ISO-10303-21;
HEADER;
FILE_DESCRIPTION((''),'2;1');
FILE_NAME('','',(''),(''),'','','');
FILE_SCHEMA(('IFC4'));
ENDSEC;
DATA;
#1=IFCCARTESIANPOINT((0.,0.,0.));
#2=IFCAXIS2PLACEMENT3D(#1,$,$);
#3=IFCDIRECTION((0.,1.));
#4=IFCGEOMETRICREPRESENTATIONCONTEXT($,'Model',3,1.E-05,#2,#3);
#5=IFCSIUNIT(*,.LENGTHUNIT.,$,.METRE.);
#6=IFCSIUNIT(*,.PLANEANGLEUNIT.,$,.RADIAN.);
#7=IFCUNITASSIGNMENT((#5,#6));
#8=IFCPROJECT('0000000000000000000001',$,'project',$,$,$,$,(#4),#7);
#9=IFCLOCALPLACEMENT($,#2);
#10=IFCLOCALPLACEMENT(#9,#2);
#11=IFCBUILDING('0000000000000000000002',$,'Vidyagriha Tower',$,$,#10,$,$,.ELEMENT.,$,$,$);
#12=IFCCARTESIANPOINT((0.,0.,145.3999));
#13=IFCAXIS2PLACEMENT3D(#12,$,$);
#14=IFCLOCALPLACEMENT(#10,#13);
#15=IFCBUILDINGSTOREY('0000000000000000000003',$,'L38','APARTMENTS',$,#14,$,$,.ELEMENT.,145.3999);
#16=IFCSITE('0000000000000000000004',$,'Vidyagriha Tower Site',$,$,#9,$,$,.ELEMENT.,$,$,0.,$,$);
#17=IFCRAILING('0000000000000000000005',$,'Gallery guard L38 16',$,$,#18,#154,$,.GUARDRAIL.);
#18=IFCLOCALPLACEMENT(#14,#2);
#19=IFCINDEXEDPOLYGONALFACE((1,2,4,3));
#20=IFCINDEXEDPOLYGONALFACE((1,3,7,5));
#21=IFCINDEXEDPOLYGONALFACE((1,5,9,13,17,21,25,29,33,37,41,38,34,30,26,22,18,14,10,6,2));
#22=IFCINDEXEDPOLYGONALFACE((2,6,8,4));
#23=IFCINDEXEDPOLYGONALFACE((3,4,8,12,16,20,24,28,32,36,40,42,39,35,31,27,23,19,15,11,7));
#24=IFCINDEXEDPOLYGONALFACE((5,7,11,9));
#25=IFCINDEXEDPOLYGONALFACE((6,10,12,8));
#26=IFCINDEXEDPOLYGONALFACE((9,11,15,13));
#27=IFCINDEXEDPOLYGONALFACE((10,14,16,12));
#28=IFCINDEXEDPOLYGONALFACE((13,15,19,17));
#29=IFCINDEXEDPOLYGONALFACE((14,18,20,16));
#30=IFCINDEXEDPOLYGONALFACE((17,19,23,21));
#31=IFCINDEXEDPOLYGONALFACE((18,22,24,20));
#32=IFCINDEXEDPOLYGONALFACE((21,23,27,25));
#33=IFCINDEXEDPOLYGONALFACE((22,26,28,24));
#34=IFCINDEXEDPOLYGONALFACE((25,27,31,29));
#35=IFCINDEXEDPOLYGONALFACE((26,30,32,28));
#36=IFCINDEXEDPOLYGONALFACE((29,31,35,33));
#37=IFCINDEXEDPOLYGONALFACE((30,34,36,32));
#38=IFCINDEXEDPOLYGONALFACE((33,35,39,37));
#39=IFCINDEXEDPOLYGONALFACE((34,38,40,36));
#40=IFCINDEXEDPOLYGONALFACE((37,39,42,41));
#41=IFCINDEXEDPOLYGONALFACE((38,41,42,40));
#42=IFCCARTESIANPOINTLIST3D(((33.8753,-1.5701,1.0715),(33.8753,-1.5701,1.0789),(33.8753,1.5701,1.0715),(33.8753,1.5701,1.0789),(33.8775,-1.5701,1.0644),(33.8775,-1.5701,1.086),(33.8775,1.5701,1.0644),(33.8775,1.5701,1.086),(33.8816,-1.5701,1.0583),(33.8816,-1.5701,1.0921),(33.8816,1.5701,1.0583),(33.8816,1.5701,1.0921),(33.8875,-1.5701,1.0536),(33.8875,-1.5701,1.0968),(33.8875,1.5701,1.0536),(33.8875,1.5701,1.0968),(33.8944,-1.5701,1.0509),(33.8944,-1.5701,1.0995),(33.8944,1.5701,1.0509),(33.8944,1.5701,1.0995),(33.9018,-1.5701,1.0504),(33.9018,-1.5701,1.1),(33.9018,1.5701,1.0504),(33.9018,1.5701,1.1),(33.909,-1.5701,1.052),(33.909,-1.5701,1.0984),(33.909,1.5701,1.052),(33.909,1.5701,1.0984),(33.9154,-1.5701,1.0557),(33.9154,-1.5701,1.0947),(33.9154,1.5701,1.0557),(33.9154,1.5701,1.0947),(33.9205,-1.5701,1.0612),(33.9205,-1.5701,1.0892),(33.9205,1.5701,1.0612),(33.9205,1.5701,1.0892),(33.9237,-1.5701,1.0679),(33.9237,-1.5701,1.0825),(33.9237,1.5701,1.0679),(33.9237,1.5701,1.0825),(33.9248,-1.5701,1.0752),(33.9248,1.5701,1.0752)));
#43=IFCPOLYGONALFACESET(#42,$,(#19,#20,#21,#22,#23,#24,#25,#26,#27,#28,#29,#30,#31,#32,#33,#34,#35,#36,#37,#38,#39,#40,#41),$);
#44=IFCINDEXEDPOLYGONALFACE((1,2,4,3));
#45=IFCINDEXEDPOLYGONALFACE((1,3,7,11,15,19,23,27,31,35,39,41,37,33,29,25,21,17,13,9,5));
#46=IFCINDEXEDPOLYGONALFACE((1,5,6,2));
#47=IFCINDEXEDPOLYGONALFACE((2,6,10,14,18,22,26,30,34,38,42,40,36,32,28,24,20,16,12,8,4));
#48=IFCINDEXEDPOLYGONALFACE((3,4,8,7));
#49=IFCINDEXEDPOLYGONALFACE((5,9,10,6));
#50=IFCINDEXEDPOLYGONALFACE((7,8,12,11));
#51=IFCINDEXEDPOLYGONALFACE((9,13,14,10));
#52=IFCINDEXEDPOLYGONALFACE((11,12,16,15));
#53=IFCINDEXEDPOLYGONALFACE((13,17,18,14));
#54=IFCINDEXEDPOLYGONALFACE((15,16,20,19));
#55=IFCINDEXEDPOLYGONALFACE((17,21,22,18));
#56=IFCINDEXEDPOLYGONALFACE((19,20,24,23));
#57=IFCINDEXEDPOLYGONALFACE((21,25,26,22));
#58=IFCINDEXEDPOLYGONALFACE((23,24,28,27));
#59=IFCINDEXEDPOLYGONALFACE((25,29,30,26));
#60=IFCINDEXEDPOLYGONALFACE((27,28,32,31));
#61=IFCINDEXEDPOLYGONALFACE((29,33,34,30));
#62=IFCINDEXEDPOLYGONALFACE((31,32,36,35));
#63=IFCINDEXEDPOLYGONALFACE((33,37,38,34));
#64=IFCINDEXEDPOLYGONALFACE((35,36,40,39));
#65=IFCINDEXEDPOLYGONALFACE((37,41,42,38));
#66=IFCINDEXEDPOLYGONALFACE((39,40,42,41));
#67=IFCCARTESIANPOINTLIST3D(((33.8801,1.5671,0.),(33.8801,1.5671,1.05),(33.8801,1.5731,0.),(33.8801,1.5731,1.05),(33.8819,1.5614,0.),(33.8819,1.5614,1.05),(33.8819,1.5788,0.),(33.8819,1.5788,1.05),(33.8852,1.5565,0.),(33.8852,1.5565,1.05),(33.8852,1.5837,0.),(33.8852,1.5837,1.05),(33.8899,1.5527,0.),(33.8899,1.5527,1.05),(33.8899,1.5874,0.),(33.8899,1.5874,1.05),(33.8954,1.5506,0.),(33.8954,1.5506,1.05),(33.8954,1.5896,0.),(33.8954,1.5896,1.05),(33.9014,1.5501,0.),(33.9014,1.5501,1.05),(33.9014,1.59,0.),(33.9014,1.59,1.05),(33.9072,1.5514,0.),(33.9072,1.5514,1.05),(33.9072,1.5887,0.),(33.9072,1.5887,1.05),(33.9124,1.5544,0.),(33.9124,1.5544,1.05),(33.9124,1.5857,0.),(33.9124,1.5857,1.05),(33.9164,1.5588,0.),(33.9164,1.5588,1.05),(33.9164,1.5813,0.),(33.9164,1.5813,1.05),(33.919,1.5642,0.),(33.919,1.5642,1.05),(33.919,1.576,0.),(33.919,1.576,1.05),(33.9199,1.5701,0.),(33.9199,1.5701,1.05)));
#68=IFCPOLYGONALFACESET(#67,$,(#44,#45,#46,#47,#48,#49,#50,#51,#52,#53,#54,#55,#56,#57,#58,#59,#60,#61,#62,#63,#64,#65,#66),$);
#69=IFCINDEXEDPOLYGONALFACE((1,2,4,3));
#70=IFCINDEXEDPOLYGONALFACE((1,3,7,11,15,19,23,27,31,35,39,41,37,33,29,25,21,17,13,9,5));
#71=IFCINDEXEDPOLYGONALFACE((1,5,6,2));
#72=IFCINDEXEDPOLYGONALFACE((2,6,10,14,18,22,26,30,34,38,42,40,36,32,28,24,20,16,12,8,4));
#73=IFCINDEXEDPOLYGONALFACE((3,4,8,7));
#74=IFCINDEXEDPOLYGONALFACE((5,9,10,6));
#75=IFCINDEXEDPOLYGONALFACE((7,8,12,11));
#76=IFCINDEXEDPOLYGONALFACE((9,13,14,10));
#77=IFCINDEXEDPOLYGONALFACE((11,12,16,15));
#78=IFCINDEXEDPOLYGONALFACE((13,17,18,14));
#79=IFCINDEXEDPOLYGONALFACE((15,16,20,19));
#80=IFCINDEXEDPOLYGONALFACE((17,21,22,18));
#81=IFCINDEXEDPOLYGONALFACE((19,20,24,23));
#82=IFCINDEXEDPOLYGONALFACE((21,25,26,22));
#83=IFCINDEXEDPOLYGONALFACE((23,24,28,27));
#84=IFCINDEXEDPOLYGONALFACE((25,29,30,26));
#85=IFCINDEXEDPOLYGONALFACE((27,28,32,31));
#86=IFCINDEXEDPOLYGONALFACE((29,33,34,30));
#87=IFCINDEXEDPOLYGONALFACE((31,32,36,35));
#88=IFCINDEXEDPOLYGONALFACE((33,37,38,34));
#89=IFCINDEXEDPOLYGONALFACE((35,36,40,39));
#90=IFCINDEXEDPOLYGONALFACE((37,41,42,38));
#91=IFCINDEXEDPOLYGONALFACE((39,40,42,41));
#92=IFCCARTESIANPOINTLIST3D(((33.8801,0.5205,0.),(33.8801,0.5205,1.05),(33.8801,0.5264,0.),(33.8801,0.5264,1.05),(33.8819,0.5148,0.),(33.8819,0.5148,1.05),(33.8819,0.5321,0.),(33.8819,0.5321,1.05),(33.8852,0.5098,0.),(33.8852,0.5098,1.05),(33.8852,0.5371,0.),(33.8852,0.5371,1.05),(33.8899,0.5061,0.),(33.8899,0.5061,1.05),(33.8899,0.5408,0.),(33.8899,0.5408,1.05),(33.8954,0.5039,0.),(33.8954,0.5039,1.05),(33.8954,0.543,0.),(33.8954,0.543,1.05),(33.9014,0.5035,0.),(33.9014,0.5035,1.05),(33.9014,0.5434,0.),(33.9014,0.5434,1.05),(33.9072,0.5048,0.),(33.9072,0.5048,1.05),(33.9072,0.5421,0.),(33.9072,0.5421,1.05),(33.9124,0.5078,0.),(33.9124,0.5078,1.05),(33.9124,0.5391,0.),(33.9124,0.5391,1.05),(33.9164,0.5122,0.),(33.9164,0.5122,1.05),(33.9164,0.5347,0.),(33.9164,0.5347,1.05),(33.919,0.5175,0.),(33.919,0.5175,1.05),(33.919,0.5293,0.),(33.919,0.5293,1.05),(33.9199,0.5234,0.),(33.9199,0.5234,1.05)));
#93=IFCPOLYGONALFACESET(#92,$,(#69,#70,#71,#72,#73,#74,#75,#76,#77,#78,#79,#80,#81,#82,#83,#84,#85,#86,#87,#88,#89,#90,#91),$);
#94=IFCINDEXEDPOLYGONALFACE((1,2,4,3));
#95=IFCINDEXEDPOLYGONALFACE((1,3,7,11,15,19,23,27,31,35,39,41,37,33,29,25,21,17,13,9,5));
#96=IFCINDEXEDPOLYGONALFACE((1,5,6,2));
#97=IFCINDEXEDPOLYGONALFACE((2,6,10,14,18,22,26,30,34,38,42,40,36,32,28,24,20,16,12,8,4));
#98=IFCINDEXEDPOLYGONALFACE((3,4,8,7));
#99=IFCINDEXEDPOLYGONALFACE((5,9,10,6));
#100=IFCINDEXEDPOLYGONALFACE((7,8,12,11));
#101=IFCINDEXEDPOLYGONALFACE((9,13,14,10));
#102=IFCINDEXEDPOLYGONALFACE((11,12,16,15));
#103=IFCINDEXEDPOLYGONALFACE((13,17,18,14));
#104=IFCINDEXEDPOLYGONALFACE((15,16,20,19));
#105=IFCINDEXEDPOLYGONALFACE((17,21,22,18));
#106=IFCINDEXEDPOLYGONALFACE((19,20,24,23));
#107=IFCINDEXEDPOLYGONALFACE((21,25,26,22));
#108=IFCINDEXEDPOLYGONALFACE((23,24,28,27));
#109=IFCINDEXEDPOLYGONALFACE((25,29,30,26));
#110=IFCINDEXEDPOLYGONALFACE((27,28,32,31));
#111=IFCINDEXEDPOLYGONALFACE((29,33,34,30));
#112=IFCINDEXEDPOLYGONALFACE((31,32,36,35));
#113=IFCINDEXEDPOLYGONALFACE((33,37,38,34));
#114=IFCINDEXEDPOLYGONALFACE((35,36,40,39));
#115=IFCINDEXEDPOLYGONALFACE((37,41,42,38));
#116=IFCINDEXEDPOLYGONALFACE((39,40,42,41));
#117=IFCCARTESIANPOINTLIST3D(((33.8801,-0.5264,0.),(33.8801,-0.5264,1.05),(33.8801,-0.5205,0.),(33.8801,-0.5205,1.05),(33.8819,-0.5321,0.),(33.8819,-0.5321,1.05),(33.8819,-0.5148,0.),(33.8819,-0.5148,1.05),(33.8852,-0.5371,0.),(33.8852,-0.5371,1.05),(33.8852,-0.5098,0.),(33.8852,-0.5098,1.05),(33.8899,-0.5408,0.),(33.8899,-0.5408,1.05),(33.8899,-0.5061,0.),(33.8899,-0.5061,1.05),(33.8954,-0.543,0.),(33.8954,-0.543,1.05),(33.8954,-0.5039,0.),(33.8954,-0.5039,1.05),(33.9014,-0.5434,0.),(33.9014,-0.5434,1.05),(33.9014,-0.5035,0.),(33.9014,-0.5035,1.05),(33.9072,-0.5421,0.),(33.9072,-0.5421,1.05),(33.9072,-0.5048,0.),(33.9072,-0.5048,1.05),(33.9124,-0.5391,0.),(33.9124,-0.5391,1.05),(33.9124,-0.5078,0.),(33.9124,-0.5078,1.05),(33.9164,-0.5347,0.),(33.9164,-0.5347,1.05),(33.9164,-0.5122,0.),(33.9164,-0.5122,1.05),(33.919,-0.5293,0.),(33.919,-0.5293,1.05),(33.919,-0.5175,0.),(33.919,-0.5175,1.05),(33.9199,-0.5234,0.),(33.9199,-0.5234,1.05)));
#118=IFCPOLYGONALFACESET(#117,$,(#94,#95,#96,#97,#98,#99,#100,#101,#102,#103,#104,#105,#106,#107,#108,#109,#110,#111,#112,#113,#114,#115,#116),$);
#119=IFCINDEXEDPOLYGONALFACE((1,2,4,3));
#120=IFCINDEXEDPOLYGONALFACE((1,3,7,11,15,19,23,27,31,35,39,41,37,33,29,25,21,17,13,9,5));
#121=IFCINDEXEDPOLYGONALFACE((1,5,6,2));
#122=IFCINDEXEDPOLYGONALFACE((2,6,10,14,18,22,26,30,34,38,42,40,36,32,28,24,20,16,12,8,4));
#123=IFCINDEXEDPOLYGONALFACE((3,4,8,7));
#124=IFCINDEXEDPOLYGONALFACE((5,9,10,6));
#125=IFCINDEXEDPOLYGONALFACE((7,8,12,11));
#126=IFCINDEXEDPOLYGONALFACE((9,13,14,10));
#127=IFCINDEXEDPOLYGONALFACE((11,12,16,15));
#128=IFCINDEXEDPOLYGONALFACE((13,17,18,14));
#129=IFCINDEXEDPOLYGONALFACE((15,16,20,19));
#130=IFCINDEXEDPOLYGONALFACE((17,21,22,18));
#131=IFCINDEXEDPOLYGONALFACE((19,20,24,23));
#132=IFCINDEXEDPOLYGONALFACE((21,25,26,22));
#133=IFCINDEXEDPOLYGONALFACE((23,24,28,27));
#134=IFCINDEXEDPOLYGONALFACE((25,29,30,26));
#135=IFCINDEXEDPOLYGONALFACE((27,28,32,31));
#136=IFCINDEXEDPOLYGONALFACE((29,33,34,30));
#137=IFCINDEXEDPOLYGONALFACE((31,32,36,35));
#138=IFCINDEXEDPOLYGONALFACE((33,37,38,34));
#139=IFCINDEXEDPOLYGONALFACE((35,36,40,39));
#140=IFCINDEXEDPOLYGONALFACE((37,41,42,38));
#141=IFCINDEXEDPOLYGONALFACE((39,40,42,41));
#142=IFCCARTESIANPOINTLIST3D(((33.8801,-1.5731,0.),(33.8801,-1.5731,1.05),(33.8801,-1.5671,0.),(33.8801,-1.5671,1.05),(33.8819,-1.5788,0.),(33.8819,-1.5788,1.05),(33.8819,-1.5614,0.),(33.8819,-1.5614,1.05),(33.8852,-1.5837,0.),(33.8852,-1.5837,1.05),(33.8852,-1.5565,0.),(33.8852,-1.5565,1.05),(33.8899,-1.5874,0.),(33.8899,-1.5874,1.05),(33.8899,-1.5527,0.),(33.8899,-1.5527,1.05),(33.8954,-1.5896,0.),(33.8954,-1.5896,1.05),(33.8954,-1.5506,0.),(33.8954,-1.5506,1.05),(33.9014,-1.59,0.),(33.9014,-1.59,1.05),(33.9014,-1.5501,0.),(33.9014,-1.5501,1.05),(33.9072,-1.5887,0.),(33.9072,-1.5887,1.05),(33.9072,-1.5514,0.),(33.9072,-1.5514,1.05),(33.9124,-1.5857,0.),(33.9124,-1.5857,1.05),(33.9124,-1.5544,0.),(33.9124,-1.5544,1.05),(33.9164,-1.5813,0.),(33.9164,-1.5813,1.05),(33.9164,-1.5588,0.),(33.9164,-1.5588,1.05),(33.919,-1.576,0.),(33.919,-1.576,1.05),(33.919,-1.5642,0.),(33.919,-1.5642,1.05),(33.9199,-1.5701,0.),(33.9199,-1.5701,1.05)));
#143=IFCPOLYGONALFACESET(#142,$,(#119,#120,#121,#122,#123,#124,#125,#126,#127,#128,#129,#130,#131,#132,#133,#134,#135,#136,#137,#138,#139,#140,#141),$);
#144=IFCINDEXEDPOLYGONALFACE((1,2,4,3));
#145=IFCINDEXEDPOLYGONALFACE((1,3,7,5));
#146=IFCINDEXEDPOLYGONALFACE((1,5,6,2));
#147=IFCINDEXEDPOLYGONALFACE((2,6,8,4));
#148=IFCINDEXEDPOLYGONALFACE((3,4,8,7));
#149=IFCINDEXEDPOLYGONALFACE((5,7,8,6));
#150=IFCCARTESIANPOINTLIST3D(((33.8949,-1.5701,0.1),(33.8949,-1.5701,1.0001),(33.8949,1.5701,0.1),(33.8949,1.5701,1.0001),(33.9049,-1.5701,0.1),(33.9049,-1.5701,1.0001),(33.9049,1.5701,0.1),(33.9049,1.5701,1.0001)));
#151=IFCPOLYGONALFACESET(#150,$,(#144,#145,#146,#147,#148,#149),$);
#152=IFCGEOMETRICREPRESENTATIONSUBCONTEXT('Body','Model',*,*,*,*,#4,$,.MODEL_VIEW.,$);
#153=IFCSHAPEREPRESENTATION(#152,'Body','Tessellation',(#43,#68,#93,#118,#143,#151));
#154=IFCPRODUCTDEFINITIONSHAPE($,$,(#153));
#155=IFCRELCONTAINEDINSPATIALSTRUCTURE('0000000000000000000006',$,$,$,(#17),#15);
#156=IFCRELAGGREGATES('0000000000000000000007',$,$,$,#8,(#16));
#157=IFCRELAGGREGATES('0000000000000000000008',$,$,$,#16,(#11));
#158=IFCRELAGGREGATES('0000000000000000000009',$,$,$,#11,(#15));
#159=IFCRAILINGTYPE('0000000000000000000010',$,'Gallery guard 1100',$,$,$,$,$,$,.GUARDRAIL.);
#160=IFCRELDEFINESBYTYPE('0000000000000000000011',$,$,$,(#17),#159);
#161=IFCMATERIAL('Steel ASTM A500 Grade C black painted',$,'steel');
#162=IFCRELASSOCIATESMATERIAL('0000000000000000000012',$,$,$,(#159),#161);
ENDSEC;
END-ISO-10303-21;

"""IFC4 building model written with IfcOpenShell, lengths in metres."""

from ifc_helpers import new_model, si_unit, direction, frame, origin, origin_2d, place, context, subcontext, project, spatial, rectangle, circle, extrude, material, type_object, element, save


model = new_model("IFC4")

# Units and contexts
model_context = context("Model", 3, precision=1e-05, world=origin(), true_north=direction((0.0, 1.0)))
body_context = subcontext(model_context, "Body", "Model", "MODEL_VIEW")
ifc_project = project(units=[si_unit("LENGTHUNIT", "METRE"), si_unit("PLANEANGLEUNIT", "RADIAN")], contexts=[model_context])

# Site, building, storey
site_placement = place(None, origin())
site = spatial("IfcSite", under=ifc_project, at=site_placement, Name="Vidyagriha Tower Site", CompositionType="ELEMENT", RefElevation=0.0)
building_placement = place(site_placement, origin())
building = spatial("IfcBuilding", under=site, at=building_placement, Name="Vidyagriha Tower", CompositionType="ELEMENT")
storey_placement = place(building_placement, frame((0.0, 0.0, 145.3999)))
storey = spatial("IfcBuildingStorey", under=building, at=storey_placement, Name="L38", Description="APARTMENTS", CompositionType="ELEMENT", Elevation=145.3999)

# Railing
ifc_material_1 = material(Name="Steel ASTM A500 Grade C black painted", Category="steel")
railing_type_1 = type_object("IfcRailingType", Name="Gallery guard 1100", PredefinedType="GUARDRAIL", material=ifc_material_1)
railing_1_placement = place(storey_placement, frame((33.8999, 1.5701, 0.0)))
element("IfcRailing", 1, at=railing_1_placement, inside=storey, type_object=railing_type_1, Name="Gallery guard L38 16", PredefinedType="GUARDRAIL", context=body_context, shape_type="SweptSolid", body=[
    extrude(circle(Radius=0.0249, at=origin_2d()), frame((0.0, 0.0, 1.0752), z_axis=(0.0, -1.0, 0.0), x_axis=(1.0, 0.0, 0.0)), (0.0, 0.0, 1.0), 3.1401),
    extrude(circle(Radius=0.02, at=origin_2d()), origin(), (0.0, 0.0, 1.0), 1.05),
    extrude(circle(Radius=0.02, at=origin_2d()), frame((0.0, -1.0466, 0.0)), (0.0, 0.0, 1.0), 1.05),
    extrude(circle(Radius=0.02, at=origin_2d()), frame((0.0, -2.0935, 0.0)), (0.0, 0.0, 1.0), 1.05),
    extrude(circle(Radius=0.02, at=origin_2d()), frame((0.0, -3.1401, 0.0)), (0.0, 0.0, 1.0), 1.05),
    extrude(rectangle(XDim=0.01, YDim=0.9001, at=origin_2d()), frame((0.0, 0.0, 0.55), z_axis=(0.0, -1.0, 0.0), x_axis=(1.0, 0.0, 0.0)), (0.0, 0.0, 1.0), 3.1401),
])

save(model, "model.ifc")
